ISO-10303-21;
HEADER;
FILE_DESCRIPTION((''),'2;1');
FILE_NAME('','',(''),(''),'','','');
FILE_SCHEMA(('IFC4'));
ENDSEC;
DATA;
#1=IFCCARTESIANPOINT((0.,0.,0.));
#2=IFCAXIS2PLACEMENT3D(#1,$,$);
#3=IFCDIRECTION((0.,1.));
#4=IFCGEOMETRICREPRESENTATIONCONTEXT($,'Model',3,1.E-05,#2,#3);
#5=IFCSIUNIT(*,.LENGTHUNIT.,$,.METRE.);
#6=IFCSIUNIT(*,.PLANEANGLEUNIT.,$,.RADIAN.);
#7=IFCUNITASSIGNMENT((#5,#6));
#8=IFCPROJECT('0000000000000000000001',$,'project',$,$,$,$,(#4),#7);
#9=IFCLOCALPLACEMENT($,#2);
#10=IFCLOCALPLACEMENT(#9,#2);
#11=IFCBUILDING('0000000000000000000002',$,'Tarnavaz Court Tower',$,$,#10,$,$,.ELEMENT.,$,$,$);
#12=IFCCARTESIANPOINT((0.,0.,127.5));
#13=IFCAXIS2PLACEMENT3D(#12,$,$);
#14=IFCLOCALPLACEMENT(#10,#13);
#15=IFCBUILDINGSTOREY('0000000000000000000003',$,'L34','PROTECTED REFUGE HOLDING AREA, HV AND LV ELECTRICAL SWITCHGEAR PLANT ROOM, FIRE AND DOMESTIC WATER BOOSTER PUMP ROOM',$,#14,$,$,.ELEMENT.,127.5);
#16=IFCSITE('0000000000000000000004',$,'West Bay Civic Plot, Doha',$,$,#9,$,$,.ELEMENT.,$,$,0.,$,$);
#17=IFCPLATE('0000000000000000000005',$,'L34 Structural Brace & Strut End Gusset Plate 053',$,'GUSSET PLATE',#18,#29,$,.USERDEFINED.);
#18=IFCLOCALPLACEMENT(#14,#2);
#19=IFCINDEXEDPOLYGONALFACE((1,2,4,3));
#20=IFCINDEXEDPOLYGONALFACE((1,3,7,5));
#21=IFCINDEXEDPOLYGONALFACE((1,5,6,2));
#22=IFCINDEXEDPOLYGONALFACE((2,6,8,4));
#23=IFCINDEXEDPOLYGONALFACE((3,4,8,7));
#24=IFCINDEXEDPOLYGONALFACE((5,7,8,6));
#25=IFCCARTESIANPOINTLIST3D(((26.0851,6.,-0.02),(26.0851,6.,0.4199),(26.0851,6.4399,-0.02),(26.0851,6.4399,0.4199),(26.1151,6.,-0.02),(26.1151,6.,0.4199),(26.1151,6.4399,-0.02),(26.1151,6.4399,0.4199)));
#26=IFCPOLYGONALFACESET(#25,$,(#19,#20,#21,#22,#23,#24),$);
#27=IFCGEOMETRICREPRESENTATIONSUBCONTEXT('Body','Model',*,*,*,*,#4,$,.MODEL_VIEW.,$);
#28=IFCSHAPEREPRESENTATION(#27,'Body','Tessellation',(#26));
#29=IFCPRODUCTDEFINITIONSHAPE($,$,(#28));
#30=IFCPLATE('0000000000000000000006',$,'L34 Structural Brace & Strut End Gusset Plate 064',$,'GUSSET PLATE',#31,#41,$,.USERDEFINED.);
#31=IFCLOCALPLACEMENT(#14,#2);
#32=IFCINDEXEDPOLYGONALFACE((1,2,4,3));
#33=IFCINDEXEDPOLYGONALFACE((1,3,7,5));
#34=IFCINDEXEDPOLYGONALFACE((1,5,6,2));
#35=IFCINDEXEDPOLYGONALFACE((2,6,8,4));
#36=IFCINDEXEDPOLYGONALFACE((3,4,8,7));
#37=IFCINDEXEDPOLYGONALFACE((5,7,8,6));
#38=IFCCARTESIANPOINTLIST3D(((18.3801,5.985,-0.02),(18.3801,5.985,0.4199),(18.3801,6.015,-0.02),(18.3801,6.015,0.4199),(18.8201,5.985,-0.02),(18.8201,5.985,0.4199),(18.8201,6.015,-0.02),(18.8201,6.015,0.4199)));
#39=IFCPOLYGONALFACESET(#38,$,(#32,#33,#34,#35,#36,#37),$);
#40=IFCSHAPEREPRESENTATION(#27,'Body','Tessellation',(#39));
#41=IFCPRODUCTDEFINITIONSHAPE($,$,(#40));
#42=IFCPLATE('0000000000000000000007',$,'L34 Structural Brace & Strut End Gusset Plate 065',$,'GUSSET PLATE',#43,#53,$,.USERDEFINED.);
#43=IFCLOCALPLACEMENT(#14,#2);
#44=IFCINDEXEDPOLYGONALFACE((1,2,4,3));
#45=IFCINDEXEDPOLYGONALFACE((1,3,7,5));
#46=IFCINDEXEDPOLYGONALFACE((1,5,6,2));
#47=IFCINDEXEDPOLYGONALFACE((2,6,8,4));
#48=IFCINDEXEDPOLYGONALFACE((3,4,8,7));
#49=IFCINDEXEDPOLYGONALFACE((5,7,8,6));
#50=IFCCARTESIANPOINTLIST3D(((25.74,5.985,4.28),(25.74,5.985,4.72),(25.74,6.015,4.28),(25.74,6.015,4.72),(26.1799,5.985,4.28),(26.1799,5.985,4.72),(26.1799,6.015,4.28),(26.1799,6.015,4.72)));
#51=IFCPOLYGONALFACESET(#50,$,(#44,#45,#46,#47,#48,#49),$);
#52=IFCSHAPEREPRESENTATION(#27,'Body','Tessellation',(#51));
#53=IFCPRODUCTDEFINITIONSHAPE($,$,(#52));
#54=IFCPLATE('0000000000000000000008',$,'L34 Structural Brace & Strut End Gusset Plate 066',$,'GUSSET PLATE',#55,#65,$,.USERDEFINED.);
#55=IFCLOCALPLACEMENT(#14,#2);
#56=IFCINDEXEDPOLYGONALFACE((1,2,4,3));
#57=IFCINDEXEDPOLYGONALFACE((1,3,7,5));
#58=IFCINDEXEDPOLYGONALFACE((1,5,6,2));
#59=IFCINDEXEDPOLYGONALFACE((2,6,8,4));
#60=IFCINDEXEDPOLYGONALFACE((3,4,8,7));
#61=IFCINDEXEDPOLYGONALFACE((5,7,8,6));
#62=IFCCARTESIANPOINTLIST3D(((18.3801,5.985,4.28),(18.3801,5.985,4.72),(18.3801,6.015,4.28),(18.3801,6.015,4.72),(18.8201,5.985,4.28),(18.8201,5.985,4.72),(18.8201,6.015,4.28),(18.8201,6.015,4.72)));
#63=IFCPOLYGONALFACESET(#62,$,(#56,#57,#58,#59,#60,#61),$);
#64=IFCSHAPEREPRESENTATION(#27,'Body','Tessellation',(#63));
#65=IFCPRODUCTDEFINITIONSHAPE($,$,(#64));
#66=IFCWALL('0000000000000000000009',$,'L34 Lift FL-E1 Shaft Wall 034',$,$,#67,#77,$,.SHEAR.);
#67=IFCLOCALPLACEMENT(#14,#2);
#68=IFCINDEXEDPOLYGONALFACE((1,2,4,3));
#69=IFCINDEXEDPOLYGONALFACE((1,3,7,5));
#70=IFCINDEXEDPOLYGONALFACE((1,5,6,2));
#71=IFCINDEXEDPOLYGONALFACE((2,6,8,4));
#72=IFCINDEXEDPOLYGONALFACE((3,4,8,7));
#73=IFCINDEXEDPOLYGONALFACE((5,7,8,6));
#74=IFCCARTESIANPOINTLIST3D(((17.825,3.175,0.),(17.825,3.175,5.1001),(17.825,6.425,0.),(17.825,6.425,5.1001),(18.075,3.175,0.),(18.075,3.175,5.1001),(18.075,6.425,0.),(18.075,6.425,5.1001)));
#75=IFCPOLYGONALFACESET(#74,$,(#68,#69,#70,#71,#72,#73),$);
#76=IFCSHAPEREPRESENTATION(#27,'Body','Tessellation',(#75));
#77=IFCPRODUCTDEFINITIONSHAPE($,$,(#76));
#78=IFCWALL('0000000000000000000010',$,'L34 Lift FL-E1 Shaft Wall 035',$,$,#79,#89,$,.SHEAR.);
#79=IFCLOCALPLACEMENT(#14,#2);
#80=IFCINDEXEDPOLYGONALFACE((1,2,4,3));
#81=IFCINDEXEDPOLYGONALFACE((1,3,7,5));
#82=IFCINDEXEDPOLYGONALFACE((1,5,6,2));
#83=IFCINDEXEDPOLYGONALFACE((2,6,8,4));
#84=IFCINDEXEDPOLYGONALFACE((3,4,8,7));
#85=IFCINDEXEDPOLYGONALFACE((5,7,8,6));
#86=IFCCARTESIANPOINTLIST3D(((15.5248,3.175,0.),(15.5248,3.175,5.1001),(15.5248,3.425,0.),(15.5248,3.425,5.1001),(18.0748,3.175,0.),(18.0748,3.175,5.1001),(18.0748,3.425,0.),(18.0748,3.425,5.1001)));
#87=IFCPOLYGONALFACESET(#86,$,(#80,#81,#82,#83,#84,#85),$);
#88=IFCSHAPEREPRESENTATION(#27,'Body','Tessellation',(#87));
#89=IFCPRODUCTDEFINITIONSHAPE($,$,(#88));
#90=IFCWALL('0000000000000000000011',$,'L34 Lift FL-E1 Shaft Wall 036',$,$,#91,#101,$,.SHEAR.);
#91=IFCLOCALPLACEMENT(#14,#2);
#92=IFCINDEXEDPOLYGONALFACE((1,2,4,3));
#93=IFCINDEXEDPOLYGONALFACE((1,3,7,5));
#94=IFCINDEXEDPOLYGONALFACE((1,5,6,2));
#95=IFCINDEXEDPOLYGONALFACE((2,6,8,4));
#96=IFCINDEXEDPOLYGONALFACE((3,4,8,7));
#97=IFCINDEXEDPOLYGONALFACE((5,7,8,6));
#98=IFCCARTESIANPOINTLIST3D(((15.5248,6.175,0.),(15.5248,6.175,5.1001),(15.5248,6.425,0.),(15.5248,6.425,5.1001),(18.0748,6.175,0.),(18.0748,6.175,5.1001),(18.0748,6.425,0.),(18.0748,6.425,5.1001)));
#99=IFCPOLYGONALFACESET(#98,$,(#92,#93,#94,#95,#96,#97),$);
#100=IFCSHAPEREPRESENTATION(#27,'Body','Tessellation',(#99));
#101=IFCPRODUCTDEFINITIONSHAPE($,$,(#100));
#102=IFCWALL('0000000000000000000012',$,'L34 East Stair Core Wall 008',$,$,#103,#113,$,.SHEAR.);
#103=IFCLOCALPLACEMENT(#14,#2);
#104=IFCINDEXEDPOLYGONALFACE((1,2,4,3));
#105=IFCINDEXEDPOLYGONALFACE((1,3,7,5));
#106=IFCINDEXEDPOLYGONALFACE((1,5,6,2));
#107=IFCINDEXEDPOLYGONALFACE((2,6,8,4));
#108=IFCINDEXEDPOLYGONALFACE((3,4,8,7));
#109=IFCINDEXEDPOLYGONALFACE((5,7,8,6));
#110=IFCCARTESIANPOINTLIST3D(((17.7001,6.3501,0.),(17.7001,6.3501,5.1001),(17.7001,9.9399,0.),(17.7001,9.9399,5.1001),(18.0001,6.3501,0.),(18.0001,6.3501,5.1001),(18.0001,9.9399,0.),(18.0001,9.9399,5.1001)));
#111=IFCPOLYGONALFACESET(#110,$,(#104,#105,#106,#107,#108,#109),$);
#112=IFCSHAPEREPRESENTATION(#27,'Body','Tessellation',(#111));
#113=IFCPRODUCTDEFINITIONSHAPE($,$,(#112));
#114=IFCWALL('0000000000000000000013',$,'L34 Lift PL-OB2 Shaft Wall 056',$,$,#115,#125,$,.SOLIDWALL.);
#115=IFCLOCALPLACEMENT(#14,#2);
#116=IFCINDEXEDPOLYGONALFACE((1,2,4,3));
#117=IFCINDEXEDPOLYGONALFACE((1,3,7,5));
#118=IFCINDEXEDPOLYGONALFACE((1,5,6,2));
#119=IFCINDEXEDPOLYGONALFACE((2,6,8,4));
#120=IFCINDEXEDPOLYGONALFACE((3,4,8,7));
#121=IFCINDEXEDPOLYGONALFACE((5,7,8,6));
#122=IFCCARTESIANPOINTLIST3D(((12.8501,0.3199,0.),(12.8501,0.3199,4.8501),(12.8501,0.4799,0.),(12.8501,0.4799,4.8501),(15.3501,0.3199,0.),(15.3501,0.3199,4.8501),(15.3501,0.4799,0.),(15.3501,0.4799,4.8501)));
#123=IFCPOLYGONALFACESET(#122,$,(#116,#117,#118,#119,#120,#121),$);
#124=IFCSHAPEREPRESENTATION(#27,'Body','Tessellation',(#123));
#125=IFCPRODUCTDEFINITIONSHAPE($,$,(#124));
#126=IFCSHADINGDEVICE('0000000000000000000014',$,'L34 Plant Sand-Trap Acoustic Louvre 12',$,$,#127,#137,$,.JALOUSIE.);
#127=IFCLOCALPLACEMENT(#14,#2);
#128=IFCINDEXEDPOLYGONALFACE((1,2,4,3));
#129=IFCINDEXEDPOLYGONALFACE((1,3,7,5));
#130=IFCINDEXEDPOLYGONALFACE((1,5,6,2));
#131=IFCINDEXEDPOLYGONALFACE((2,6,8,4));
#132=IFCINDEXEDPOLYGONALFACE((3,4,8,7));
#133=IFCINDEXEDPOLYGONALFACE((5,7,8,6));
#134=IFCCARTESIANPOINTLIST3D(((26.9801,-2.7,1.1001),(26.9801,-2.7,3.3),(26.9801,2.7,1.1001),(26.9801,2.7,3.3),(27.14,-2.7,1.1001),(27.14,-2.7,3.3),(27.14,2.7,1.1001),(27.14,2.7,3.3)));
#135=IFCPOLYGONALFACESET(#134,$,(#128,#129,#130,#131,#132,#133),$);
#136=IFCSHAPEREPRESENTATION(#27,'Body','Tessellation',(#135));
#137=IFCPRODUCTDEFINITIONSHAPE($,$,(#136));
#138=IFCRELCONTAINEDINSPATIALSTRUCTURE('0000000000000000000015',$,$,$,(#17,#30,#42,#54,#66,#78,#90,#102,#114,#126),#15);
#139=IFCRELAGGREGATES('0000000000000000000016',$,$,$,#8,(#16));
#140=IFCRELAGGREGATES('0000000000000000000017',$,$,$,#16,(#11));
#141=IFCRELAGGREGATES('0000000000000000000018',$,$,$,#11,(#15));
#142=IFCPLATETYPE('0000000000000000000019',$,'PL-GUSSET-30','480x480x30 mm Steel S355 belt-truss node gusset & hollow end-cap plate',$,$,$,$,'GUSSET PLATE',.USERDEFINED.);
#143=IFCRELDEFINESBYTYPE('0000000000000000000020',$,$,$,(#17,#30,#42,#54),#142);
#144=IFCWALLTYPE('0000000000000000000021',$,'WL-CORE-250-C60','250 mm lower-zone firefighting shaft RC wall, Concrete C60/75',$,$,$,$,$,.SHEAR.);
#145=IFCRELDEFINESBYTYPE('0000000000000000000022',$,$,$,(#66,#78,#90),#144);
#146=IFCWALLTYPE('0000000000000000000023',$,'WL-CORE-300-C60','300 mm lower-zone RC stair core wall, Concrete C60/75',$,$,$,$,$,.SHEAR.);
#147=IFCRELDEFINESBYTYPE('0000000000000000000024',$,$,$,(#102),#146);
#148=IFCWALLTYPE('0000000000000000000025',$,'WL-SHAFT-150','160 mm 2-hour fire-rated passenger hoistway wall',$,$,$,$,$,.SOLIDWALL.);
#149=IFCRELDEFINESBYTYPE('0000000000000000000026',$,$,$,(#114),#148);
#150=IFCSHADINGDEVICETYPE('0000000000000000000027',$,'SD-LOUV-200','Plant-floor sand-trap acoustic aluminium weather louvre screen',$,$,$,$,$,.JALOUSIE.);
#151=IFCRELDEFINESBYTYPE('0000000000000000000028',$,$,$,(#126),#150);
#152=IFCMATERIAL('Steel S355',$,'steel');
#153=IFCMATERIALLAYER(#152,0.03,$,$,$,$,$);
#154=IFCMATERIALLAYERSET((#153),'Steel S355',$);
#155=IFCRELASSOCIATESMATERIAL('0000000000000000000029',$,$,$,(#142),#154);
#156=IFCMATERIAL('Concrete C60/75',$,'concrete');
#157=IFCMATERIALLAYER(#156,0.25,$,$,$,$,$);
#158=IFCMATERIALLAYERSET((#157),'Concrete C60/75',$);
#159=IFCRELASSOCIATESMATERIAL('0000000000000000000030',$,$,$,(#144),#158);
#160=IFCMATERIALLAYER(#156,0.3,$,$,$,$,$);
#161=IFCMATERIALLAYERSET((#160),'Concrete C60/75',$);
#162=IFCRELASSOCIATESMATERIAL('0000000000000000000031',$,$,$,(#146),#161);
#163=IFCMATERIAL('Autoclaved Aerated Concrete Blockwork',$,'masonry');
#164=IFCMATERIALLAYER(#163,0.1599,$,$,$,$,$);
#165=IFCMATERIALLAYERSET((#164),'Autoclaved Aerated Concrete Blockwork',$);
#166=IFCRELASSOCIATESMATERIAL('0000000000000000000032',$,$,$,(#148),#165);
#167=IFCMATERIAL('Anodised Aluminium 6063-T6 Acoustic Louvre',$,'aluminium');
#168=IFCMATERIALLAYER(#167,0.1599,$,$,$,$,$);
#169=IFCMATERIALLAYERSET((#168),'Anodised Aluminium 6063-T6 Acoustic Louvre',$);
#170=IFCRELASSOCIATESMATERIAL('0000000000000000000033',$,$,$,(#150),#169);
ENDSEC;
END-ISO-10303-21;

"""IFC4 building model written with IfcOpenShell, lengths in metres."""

from ifc_helpers import new_model, si_unit, direction, frame, frame_2d, origin, origin_2d, place, context, subcontext, project, spatial, rectangle, extrude, material, layer, layer_set, type_object, element, save


model = new_model("IFC4")

# Units and contexts
model_context = context("Model", 3, precision=1e-05, world=origin(), true_north=direction((0.0, 1.0)))
body_context = subcontext(model_context, "Body", "Model", "MODEL_VIEW")
ifc_project = project(units=[si_unit("LENGTHUNIT", "METRE"), si_unit("PLANEANGLEUNIT", "RADIAN")], contexts=[model_context])

# Site, building, storey
site_placement = place(None, origin())
site = spatial("IfcSite", under=ifc_project, at=site_placement, Name="West Bay Civic Plot, Doha", CompositionType="ELEMENT", RefElevation=0.0)
building_placement = place(site_placement, origin())
building = spatial("IfcBuilding", under=site, at=building_placement, Name="Tarnavaz Court Tower", CompositionType="ELEMENT")
storey_placement = place(building_placement, frame((0.0, 0.0, 127.5)))
storey = spatial("IfcBuildingStorey", under=building, at=storey_placement, Name="L34", Description="PROTECTED REFUGE HOLDING AREA, HV AND LV ELECTRICAL SWITCHGEAR PLANT ROOM, FIRE AND DOMESTIC WATER BOOSTER PUMP ROOM", CompositionType="ELEMENT", Elevation=127.5)

# Plates
ifc_material_1 = material(Name="Steel S355", Category="steel")
ifc_layer_1 = layer(ifc_material_1, 0.03)
ifc_layer_set_1 = layer_set([ifc_layer_1], Name="Steel S355")
plate_type = type_object("IfcPlateType", Name="PL-GUSSET-30", Description="480x480x30 mm Steel S355 belt-truss node gusset & hollow end-cap plate", ElementType="GUSSET PLATE", PredefinedType="USERDEFINED", material=ifc_layer_set_1)
for number, where, z_axis, x_axis, name in (
    (1, (26.1001, 6.22, -0.02), (0.0, 0.0, 1.0), (0.0, 1.0, 0.0), "L34 Structural Brace & Strut End Gusset Plate 053"),
    (2, (18.6001, 6.0, -0.02), (0.0, 0.0, 1.0), (1.0, 0.0, 0.0), "L34 Structural Brace & Strut End Gusset Plate 064"),
    (3, (25.96, 6.0, 4.28), (0.0, 0.0, 1.0), (1.0, 0.0, 0.0), "L34 Structural Brace & Strut End Gusset Plate 065"),
    (4, (18.6001, 6.0, 4.28), (0.0, 0.0, 1.0), (1.0, 0.0, 0.0), "L34 Structural Brace & Strut End Gusset Plate 066"),
):
    element("IfcPlate", number, at=place(storey_placement, frame(where, z_axis=z_axis, x_axis=x_axis)), inside=storey, type_object=plate_type, Name=name, ObjectType="GUSSET PLATE", PredefinedType="USERDEFINED", context=body_context, shape_type="SweptSolid", body=[
        extrude(rectangle(XDim=0.4399, YDim=0.03, at=origin_2d()), origin(), (0.0, 0.0, 1.0), 0.4399),
    ])

# Shared definitions
ifc_material_2 = material(Name="Concrete C60/75", Category="concrete")
ifc_layer_2 = layer(ifc_material_2, 0.25)
ifc_layer_set_2 = layer_set([ifc_layer_2], Name="Concrete C60/75")
wall_type_1 = type_object("IfcWallType", Name="WL-CORE-250-C60", Description="250 mm lower-zone firefighting shaft RC wall, Concrete C60/75", PredefinedType="SHEAR", material=ifc_layer_set_2)

# Walls
wall_1_placement = place(storey_placement, frame((17.95, 3.175, 0.0), z_axis=(0.0, 0.0, 1.0), x_axis=(0.0, 1.0, 0.0)))
element("IfcWall", 5, at=wall_1_placement, inside=storey, type_object=wall_type_1, Name="L34 Lift FL-E1 Shaft Wall 034", PredefinedType="SHEAR", context=body_context, shape_type="SweptSolid", body=[
    extrude(rectangle(XDim=3.25, YDim=0.25, at=frame_2d((1.625, 0.0))), origin(), (0.0, 0.0, 1.0), 5.1001),
])
for number, where, z_axis, x_axis, name in (
    (6, (15.5249, 3.3, 0.0), (0.0, 0.0, 1.0), (1.0, 0.0, 0.0), "L34 Lift FL-E1 Shaft Wall 035"),
    (7, (15.5249, 6.3, 0.0), (0.0, 0.0, 1.0), (1.0, 0.0, 0.0), "L34 Lift FL-E1 Shaft Wall 036"),
):
    element("IfcWall", number, at=place(storey_placement, frame(where, z_axis=z_axis, x_axis=x_axis)), inside=storey, type_object=wall_type_1, Name=name, PredefinedType="SHEAR", context=body_context, shape_type="SweptSolid", body=[
        extrude(rectangle(XDim=2.55, YDim=0.25, at=frame_2d((1.2749, 0.0))), origin(), (0.0, 0.0, 1.0), 5.1001),
    ])
ifc_layer_3 = layer(ifc_material_2, 0.3)
ifc_layer_set_3 = layer_set([ifc_layer_3], Name="Concrete C60/75")
wall_type_2 = type_object("IfcWallType", Name="WL-CORE-300-C60", Description="300 mm lower-zone RC stair core wall, Concrete C60/75", PredefinedType="SHEAR", material=ifc_layer_set_3)
wall_2_placement = place(storey_placement, frame((17.8501, 6.3501, 0.0), z_axis=(0.0, 0.0, 1.0), x_axis=(0.0, 1.0, 0.0)))
element("IfcWall", 8, at=wall_2_placement, inside=storey, type_object=wall_type_2, Name="L34 East Stair Core Wall 008", PredefinedType="SHEAR", context=body_context, shape_type="SweptSolid", body=[
    extrude(rectangle(XDim=3.5898, YDim=0.3, at=frame_2d((1.7949, 0.0))), origin(), (0.0, 0.0, 1.0), 5.1001),
])
ifc_material_3 = material(Name="Autoclaved Aerated Concrete Blockwork", Category="masonry")
ifc_layer_4 = layer(ifc_material_3, 0.1599)
ifc_layer_set_4 = layer_set([ifc_layer_4], Name="Autoclaved Aerated Concrete Blockwork")
wall_type_3 = type_object("IfcWallType", Name="WL-SHAFT-150", Description="160 mm 2-hour fire-rated passenger hoistway wall", PredefinedType="SOLIDWALL", material=ifc_layer_set_4)
wall_3_placement = place(storey_placement, frame((12.8501, 0.3999, 0.0), z_axis=(0.0, 0.0, 1.0), x_axis=(1.0, 0.0, 0.0)))
element("IfcWall", 9, at=wall_3_placement, inside=storey, type_object=wall_type_3, Name="L34 Lift PL-OB2 Shaft Wall 056", PredefinedType="SOLIDWALL", context=body_context, shape_type="SweptSolid", body=[
    extrude(rectangle(XDim=2.5, YDim=0.1599, at=frame_2d((1.25, 0.0))), origin(), (0.0, 0.0, 1.0), 4.8501),
])

# Shading device
ifc_material_4 = material(Name="Anodised Aluminium 6063-T6 Acoustic Louvre", Category="aluminium")
ifc_layer_5 = layer(ifc_material_4, 0.1599)
ifc_layer_set_5 = layer_set([ifc_layer_5], Name="Anodised Aluminium 6063-T6 Acoustic Louvre")
shading_device_type = type_object("IfcShadingDeviceType", Name="SD-LOUV-200", Description="Plant-floor sand-trap acoustic aluminium weather louvre screen", PredefinedType="JALOUSIE", material=ifc_layer_set_5)
shading_device_placement = place(storey_placement, frame((27.0601, 0.0, 1.1001), z_axis=(0.0, 0.0, 1.0), x_axis=(0.0, -1.0, 0.0)))
element("IfcShadingDevice", 10, at=shading_device_placement, inside=storey, type_object=shading_device_type, Name="L34 Plant Sand-Trap Acoustic Louvre 12", PredefinedType="JALOUSIE", context=body_context, shape_type="SweptSolid", body=[
    extrude(rectangle(XDim=5.3999, YDim=0.1599, at=origin_2d()), origin(), (0.0, 0.0, 1.0), 2.2),
])

save(model, "model.ifc")
